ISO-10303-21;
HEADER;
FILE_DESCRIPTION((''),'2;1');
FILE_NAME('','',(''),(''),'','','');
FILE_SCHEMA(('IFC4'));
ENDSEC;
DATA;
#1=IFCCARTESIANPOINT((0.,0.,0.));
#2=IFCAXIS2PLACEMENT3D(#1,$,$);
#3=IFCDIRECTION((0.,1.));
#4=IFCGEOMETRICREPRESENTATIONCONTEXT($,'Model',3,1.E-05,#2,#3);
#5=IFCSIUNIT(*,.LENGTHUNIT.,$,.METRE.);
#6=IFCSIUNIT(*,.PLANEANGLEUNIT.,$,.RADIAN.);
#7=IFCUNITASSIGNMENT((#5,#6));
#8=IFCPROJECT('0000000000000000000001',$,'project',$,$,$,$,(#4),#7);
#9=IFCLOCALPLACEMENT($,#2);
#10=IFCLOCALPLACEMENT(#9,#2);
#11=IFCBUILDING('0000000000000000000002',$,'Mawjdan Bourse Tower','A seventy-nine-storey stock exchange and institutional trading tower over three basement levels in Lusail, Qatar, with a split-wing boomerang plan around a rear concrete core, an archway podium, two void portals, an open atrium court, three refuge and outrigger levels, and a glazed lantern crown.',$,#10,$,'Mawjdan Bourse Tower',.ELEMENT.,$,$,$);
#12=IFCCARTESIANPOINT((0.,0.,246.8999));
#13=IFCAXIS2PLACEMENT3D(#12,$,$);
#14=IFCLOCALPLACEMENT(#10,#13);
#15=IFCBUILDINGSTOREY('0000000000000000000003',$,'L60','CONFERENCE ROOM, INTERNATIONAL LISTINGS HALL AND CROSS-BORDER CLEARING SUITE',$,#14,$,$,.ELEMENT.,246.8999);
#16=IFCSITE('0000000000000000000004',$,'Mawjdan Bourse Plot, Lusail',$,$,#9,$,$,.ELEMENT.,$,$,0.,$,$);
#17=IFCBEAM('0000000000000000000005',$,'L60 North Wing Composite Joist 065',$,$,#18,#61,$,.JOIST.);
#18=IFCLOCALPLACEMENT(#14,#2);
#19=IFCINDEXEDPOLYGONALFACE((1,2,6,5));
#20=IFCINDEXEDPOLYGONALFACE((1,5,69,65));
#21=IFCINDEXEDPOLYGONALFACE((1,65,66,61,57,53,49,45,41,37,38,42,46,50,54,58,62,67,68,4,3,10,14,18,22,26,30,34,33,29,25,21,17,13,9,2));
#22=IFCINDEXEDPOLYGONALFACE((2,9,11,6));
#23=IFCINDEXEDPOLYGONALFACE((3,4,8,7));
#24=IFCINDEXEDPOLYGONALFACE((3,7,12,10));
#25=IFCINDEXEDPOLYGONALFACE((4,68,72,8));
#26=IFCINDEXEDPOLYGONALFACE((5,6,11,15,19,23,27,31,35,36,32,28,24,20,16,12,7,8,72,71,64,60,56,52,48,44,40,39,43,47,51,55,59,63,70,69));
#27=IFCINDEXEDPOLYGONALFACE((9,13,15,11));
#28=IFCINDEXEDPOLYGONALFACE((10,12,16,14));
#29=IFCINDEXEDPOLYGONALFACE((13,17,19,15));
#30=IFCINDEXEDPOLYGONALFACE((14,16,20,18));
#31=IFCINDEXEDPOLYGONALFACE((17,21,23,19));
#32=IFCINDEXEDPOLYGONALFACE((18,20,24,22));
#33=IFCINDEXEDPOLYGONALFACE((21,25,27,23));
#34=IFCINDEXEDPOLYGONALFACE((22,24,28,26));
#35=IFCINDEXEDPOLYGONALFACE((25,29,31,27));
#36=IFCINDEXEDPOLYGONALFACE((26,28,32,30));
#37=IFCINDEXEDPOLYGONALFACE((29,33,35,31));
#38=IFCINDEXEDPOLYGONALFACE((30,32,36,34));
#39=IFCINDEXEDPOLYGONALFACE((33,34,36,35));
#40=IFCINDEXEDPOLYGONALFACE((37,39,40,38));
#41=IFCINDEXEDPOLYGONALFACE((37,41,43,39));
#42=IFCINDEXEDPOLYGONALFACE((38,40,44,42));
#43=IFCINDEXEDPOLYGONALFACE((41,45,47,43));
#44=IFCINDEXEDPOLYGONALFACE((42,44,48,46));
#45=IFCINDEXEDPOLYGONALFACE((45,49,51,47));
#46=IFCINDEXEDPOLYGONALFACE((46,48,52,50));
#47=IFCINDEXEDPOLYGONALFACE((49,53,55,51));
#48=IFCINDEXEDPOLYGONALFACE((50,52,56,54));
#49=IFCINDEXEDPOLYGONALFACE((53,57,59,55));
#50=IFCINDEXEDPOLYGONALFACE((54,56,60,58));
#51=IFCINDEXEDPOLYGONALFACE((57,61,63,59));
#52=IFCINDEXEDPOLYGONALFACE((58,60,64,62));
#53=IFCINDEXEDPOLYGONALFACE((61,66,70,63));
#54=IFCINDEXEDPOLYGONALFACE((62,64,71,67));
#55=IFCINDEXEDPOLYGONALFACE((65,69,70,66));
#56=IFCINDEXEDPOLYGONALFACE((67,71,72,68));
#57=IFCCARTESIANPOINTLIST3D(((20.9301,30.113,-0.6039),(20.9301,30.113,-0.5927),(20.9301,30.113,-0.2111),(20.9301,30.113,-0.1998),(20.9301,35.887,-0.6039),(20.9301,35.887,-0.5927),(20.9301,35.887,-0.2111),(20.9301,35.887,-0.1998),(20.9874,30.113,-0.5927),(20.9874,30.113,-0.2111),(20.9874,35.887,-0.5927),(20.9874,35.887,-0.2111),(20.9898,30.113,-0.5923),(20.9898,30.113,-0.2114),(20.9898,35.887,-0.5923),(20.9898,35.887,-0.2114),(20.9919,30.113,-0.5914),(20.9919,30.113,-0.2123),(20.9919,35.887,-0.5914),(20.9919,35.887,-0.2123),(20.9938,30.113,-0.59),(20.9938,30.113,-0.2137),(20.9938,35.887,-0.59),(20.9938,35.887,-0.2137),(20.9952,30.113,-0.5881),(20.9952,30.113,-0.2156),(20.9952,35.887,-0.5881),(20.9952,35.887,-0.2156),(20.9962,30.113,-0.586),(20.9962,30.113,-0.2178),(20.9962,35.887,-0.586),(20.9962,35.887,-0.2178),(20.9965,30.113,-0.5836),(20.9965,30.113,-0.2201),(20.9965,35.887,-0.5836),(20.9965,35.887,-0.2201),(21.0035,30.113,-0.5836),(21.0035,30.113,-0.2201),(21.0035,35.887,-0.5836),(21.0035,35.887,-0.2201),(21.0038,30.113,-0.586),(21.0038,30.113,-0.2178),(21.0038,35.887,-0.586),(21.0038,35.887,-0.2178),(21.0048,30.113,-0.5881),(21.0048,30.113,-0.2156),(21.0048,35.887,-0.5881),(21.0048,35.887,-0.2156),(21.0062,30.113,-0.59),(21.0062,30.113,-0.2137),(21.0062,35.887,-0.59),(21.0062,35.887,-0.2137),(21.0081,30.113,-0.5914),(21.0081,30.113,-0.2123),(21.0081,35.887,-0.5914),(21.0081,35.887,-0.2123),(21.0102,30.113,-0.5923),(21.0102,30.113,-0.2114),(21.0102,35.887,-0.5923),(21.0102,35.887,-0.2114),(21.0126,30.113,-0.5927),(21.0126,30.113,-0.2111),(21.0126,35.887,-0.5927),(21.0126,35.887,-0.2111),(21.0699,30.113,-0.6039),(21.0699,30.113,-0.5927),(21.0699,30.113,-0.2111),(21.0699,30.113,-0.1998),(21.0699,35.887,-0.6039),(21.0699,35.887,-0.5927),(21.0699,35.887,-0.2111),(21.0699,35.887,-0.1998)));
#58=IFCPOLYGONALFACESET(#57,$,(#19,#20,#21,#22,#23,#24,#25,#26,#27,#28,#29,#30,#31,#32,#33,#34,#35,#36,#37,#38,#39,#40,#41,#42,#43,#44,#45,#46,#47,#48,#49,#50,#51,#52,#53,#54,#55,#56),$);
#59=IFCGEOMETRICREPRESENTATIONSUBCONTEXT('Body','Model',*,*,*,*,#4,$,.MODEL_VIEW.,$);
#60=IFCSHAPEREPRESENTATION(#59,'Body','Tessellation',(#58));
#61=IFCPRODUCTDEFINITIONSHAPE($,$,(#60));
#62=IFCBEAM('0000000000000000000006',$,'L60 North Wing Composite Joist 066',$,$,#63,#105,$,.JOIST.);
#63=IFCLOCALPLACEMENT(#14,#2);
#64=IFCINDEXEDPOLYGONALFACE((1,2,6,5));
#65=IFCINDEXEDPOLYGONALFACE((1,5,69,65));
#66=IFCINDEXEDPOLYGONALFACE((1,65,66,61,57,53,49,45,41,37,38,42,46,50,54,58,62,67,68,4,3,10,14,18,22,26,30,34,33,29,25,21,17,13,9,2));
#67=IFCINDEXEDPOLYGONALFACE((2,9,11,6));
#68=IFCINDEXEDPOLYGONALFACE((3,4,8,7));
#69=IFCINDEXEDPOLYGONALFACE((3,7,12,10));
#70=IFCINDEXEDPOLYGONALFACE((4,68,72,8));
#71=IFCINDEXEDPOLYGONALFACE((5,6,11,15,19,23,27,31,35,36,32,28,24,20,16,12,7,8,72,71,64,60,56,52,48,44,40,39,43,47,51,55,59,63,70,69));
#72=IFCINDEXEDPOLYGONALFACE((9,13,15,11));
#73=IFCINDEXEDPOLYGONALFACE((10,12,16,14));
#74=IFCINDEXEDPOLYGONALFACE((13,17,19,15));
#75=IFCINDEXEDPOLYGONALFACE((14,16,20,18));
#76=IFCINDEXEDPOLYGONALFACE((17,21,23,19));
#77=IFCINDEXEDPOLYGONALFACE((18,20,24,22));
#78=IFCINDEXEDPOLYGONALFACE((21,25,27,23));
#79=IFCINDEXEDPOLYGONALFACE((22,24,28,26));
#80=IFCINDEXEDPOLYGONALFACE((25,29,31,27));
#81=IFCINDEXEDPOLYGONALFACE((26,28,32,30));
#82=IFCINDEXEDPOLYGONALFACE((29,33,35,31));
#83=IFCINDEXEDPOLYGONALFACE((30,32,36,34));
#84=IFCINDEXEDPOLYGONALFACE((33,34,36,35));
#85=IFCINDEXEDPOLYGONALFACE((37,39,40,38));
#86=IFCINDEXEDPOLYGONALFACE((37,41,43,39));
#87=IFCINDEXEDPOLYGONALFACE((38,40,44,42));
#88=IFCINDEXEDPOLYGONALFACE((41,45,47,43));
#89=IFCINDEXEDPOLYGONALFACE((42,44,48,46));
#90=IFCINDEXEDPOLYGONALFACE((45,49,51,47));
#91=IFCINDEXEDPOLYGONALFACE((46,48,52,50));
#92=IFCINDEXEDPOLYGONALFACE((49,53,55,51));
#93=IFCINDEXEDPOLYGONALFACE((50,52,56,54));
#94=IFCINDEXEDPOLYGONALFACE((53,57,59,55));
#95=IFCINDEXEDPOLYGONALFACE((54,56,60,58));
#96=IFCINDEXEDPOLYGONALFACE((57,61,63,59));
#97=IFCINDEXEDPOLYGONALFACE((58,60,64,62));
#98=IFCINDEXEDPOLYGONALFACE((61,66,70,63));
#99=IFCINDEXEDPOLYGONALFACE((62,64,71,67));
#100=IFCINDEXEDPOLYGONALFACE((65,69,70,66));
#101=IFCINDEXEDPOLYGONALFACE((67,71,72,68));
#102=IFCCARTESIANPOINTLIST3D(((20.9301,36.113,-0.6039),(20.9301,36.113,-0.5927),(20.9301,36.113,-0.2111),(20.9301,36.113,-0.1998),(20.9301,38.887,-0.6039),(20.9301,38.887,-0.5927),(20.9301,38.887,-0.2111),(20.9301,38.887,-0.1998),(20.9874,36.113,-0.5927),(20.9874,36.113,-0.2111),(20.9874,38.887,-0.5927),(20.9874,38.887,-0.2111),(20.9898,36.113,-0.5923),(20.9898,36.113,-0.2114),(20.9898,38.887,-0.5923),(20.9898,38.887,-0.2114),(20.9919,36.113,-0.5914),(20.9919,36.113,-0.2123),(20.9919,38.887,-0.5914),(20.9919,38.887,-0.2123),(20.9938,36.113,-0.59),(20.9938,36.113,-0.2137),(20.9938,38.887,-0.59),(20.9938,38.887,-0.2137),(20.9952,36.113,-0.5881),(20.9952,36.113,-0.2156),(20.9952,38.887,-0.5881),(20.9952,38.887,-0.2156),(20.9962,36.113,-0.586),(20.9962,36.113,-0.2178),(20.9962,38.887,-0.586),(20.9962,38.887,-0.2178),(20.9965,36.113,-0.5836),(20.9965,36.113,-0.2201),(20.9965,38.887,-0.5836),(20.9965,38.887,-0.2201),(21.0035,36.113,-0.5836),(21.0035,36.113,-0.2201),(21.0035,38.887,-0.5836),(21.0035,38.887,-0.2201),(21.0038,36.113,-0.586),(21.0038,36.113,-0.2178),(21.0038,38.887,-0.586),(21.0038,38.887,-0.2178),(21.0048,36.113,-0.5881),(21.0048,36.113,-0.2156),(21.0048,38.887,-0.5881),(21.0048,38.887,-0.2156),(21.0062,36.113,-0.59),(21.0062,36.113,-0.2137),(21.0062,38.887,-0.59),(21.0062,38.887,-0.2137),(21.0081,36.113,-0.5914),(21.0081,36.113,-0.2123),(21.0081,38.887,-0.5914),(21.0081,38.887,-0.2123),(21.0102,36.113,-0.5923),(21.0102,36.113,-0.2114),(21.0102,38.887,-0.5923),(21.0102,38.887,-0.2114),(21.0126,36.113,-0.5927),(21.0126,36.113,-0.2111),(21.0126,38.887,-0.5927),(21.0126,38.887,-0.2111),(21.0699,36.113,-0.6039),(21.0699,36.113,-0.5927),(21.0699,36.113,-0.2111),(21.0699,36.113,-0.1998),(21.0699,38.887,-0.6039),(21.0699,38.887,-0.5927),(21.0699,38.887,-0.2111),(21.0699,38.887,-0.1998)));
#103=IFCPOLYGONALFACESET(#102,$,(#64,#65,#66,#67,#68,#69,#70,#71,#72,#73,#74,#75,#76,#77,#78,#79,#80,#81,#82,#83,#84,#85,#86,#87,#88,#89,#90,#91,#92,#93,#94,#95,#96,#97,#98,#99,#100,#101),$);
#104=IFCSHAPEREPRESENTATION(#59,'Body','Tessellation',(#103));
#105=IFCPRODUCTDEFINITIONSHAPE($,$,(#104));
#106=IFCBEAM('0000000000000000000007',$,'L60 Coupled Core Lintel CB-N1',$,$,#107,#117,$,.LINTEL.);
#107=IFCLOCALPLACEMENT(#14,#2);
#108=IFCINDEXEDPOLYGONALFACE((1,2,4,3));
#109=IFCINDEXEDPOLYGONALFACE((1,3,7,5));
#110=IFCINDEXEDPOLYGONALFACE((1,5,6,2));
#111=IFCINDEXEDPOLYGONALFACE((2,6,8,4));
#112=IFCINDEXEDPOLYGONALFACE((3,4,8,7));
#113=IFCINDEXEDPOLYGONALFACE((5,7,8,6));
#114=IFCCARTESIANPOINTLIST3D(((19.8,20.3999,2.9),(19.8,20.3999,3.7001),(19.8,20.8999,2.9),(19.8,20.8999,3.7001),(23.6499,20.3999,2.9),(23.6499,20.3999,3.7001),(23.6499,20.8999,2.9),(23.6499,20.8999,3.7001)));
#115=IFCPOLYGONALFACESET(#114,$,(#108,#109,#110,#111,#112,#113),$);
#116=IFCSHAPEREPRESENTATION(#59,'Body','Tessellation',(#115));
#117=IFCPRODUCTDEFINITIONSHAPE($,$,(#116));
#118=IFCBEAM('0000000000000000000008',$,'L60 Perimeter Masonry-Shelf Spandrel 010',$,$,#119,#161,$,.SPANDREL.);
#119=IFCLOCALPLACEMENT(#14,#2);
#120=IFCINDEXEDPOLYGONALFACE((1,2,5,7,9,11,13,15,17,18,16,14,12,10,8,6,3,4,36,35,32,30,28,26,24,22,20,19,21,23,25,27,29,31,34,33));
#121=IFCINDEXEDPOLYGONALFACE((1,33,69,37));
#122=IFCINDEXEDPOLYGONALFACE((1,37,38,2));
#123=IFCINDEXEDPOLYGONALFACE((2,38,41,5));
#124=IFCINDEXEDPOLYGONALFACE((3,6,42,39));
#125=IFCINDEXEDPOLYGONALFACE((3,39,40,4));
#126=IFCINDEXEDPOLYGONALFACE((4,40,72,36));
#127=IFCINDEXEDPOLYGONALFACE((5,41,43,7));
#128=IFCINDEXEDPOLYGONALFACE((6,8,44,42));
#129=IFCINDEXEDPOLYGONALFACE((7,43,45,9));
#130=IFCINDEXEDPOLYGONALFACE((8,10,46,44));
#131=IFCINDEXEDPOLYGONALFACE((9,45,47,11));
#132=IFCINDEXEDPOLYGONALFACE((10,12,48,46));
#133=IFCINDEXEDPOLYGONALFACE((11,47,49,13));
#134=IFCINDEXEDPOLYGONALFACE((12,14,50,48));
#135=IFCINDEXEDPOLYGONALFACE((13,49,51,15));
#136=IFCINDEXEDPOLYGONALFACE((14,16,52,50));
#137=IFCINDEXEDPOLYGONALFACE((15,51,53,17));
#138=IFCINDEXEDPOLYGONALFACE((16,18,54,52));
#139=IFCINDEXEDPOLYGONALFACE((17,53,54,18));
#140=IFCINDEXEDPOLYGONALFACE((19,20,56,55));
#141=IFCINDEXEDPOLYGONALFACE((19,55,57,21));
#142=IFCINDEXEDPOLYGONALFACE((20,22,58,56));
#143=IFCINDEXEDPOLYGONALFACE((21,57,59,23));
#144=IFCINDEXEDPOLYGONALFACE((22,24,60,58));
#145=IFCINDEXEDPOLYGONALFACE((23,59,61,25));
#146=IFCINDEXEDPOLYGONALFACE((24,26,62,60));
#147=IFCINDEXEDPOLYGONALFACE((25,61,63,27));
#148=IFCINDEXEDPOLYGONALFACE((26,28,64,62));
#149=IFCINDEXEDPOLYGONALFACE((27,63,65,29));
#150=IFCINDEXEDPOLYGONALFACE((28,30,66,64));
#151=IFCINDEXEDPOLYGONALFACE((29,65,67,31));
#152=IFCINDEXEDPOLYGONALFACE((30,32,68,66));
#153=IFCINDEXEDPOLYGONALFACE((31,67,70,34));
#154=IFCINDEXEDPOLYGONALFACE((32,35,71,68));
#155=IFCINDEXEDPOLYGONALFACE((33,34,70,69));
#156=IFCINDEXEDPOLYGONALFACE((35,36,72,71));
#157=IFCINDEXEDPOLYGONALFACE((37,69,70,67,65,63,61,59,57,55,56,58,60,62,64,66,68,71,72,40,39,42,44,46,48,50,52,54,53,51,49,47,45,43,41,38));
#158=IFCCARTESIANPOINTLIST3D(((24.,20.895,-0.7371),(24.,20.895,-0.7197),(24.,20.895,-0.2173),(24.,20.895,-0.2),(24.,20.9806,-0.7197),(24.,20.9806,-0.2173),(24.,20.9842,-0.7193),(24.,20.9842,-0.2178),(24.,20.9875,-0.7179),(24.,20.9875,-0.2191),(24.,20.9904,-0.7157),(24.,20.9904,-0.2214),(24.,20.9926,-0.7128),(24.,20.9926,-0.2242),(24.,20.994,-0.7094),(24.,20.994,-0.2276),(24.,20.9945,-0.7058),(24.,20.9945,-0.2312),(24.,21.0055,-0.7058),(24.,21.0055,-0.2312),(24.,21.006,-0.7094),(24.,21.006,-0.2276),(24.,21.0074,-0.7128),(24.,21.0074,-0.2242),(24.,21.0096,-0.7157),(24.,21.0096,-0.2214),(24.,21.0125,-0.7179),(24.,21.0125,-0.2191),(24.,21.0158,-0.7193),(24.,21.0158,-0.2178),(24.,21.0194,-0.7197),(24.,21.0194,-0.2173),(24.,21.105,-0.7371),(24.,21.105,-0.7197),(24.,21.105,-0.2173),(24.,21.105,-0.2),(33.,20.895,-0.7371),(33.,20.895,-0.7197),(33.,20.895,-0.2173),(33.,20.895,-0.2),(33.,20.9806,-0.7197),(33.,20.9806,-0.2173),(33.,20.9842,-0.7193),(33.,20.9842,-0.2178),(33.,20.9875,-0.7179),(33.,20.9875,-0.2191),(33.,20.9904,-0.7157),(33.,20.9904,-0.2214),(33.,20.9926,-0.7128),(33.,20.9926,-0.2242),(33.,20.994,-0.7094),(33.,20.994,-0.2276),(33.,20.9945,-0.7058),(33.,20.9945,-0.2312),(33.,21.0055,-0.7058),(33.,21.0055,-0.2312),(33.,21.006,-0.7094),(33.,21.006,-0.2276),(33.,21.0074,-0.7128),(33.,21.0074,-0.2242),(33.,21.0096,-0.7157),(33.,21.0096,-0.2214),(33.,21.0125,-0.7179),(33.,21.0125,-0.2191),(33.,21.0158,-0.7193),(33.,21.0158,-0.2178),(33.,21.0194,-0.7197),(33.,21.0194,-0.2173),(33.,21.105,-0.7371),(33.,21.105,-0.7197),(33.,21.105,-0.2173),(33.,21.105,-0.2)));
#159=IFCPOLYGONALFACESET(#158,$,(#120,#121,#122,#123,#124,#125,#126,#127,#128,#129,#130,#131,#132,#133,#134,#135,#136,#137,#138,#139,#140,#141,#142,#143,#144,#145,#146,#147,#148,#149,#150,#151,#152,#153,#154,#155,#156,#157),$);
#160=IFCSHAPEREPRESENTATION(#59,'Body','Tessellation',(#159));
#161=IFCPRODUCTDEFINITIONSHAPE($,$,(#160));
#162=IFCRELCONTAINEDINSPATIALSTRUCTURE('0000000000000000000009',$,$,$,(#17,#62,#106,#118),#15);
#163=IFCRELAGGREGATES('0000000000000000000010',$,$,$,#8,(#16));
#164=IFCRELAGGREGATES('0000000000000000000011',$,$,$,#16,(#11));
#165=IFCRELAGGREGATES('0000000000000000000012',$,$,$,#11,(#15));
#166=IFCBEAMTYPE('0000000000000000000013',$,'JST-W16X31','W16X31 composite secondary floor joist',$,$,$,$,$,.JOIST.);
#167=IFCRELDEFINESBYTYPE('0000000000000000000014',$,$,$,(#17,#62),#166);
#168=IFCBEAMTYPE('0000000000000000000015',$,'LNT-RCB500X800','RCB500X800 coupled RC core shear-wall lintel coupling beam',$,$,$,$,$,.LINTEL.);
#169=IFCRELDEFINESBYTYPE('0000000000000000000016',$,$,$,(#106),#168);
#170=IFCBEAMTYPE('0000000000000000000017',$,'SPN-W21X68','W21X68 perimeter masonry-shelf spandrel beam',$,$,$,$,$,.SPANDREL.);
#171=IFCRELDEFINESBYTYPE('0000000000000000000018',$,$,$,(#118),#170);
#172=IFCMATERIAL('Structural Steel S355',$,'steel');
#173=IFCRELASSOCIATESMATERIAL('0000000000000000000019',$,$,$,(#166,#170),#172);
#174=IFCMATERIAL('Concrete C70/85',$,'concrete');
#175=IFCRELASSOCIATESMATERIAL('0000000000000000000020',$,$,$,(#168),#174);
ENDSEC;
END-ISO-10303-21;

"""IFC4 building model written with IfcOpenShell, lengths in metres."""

from ifc_helpers import new_model, si_unit, direction, frame, origin, origin_2d, place, context, subcontext, project, spatial, rectangle, i_section, extrude, material, material_profile, profile_set, type_object, element, save


model = new_model("IFC4")

# Units and contexts
model_context = context("Model", 3, precision=1e-05, world=origin(), true_north=direction((0.0, 1.0)))
body_context = subcontext(model_context, "Body", "Model", "MODEL_VIEW")
ifc_project = project(units=[si_unit("LENGTHUNIT", "METRE"), si_unit("PLANEANGLEUNIT", "RADIAN")], contexts=[model_context])

# Site, building, storey
site_placement = place(None, origin())
site = spatial("IfcSite", under=ifc_project, at=site_placement, Name="Mawjdan Bourse Plot, Lusail", CompositionType="ELEMENT", RefElevation=0.0)
building_placement = place(site_placement, origin())
building = spatial("IfcBuilding", under=site, at=building_placement, Name="Mawjdan Bourse Tower", Description="A seventy-nine-storey stock exchange and institutional trading tower over three basement levels in Lusail, Qatar, with a split-wing boomerang plan around a rear concrete core, an archway podium, two void portals, an open atrium court, three refuge and outrigger levels, and a glazed lantern crown.", LongName="Mawjdan Bourse Tower", CompositionType="ELEMENT")
storey_placement = place(building_placement, frame((0.0, 0.0, 246.8999)))
storey = spatial("IfcBuildingStorey", under=building, at=storey_placement, Name="L60", Description="CONFERENCE ROOM, INTERNATIONAL LISTINGS HALL AND CROSS-BORDER CLEARING SUITE", CompositionType="ELEMENT", Elevation=246.8999)

# Beams
ifc_material_1 = material(Name="Structural Steel S355", Category="steel")
ifc_material_profile_1 = material_profile(ifc_material_1, i_section(OverallWidth=0.1399, OverallDepth=0.4041, WebThickness=0.0071, FlangeThickness=0.0112, FilletRadius=0.009, at=origin_2d()), Name="W16X31")
ifc_profile_set_1 = profile_set([ifc_material_profile_1], Name="Structural Steel S355")
beam_type_1 = type_object("IfcBeamType", Name="JST-W16X31", Description="W16X31 composite secondary floor joist", PredefinedType="JOIST", material=ifc_profile_set_1)
for number, where, z_axis, x_axis, name in (
    (1, (21.0, 30.113, -0.4019), (0.0, 1.0, 0.0), (-1.0, 0.0, 0.0), "L60 North Wing Composite Joist 065"),
):
    element("IfcBeam", number, at=place(storey_placement, frame(where, z_axis=z_axis, x_axis=x_axis)), inside=storey, type_object=beam_type_1, Name=name, PredefinedType="JOIST", context=body_context, shape_type="SweptSolid", body=[
        extrude(i_section(OverallWidth=0.1399, OverallDepth=0.4041, WebThickness=0.0071, FlangeThickness=0.0112, FilletRadius=0.009, at=origin_2d()), origin(), (0.0, 0.0, 1.0), 5.7739),
    ])
beam_1_placement = place(storey_placement, frame((21.0, 36.113, -0.4019), z_axis=(0.0, 1.0, 0.0), x_axis=(-1.0, 0.0, 0.0)))
element("IfcBeam", 2, at=beam_1_placement, inside=storey, type_object=beam_type_1, Name="L60 North Wing Composite Joist 066", PredefinedType="JOIST", context=body_context, shape_type="SweptSolid", body=[
    extrude(i_section(OverallWidth=0.1399, OverallDepth=0.4041, WebThickness=0.0071, FlangeThickness=0.0112, FilletRadius=0.009, at=origin_2d()), origin(), (0.0, 0.0, 1.0), 2.7739),
])
ifc_material_2 = material(Name="Concrete C70/85", Category="concrete")
ifc_material_profile_2 = material_profile(ifc_material_2, rectangle(XDim=0.5, YDim=0.8, at=origin_2d()), Name="RCB500X800")
ifc_profile_set_2 = profile_set([ifc_material_profile_2], Name="Concrete C70/85")
beam_type_2 = type_object("IfcBeamType", Name="LNT-RCB500X800", Description="RCB500X800 coupled RC core shear-wall lintel coupling beam", PredefinedType="LINTEL", material=ifc_profile_set_2)
beam_2_placement = place(storey_placement, frame((19.8, 20.6499, 3.3), z_axis=(1.0, 0.0, 0.0), x_axis=(0.0, 1.0, 0.0)))
element("IfcBeam", 3, at=beam_2_placement, inside=storey, type_object=beam_type_2, Name="L60 Coupled Core Lintel CB-N1", PredefinedType="LINTEL", context=body_context, shape_type="SweptSolid", body=[
    extrude(rectangle(XDim=0.5, YDim=0.8, at=origin_2d()), origin(), (0.0, 0.0, 1.0), 3.8499),
])
ifc_material_profile_3 = material_profile(ifc_material_1, i_section(OverallWidth=0.21, OverallDepth=0.5371, WebThickness=0.011, FlangeThickness=0.0173, FilletRadius=0.0139, at=origin_2d()), Name="W21X68")
ifc_profile_set_3 = profile_set([ifc_material_profile_3], Name="Structural Steel S355")
beam_type_3 = type_object("IfcBeamType", Name="SPN-W21X68", Description="W21X68 perimeter masonry-shelf spandrel beam", PredefinedType="SPANDREL", material=ifc_profile_set_3)
beam_3_placement = place(storey_placement, frame((24.0, 21.0, -0.4685), z_axis=(1.0, 0.0, 0.0), x_axis=(0.0, 1.0, 0.0)))
element("IfcBeam", 4, at=beam_3_placement, inside=storey, type_object=beam_type_3, Name="L60 Perimeter Masonry-Shelf Spandrel 010", PredefinedType="SPANDREL", context=body_context, shape_type="SweptSolid", body=[
    extrude(i_section(OverallWidth=0.21, OverallDepth=0.5371, WebThickness=0.011, FlangeThickness=0.0173, FilletRadius=0.0139, at=origin_2d()), origin(), (0.0, 0.0, 1.0), 9.0),
])

save(model, "model.ifc")
